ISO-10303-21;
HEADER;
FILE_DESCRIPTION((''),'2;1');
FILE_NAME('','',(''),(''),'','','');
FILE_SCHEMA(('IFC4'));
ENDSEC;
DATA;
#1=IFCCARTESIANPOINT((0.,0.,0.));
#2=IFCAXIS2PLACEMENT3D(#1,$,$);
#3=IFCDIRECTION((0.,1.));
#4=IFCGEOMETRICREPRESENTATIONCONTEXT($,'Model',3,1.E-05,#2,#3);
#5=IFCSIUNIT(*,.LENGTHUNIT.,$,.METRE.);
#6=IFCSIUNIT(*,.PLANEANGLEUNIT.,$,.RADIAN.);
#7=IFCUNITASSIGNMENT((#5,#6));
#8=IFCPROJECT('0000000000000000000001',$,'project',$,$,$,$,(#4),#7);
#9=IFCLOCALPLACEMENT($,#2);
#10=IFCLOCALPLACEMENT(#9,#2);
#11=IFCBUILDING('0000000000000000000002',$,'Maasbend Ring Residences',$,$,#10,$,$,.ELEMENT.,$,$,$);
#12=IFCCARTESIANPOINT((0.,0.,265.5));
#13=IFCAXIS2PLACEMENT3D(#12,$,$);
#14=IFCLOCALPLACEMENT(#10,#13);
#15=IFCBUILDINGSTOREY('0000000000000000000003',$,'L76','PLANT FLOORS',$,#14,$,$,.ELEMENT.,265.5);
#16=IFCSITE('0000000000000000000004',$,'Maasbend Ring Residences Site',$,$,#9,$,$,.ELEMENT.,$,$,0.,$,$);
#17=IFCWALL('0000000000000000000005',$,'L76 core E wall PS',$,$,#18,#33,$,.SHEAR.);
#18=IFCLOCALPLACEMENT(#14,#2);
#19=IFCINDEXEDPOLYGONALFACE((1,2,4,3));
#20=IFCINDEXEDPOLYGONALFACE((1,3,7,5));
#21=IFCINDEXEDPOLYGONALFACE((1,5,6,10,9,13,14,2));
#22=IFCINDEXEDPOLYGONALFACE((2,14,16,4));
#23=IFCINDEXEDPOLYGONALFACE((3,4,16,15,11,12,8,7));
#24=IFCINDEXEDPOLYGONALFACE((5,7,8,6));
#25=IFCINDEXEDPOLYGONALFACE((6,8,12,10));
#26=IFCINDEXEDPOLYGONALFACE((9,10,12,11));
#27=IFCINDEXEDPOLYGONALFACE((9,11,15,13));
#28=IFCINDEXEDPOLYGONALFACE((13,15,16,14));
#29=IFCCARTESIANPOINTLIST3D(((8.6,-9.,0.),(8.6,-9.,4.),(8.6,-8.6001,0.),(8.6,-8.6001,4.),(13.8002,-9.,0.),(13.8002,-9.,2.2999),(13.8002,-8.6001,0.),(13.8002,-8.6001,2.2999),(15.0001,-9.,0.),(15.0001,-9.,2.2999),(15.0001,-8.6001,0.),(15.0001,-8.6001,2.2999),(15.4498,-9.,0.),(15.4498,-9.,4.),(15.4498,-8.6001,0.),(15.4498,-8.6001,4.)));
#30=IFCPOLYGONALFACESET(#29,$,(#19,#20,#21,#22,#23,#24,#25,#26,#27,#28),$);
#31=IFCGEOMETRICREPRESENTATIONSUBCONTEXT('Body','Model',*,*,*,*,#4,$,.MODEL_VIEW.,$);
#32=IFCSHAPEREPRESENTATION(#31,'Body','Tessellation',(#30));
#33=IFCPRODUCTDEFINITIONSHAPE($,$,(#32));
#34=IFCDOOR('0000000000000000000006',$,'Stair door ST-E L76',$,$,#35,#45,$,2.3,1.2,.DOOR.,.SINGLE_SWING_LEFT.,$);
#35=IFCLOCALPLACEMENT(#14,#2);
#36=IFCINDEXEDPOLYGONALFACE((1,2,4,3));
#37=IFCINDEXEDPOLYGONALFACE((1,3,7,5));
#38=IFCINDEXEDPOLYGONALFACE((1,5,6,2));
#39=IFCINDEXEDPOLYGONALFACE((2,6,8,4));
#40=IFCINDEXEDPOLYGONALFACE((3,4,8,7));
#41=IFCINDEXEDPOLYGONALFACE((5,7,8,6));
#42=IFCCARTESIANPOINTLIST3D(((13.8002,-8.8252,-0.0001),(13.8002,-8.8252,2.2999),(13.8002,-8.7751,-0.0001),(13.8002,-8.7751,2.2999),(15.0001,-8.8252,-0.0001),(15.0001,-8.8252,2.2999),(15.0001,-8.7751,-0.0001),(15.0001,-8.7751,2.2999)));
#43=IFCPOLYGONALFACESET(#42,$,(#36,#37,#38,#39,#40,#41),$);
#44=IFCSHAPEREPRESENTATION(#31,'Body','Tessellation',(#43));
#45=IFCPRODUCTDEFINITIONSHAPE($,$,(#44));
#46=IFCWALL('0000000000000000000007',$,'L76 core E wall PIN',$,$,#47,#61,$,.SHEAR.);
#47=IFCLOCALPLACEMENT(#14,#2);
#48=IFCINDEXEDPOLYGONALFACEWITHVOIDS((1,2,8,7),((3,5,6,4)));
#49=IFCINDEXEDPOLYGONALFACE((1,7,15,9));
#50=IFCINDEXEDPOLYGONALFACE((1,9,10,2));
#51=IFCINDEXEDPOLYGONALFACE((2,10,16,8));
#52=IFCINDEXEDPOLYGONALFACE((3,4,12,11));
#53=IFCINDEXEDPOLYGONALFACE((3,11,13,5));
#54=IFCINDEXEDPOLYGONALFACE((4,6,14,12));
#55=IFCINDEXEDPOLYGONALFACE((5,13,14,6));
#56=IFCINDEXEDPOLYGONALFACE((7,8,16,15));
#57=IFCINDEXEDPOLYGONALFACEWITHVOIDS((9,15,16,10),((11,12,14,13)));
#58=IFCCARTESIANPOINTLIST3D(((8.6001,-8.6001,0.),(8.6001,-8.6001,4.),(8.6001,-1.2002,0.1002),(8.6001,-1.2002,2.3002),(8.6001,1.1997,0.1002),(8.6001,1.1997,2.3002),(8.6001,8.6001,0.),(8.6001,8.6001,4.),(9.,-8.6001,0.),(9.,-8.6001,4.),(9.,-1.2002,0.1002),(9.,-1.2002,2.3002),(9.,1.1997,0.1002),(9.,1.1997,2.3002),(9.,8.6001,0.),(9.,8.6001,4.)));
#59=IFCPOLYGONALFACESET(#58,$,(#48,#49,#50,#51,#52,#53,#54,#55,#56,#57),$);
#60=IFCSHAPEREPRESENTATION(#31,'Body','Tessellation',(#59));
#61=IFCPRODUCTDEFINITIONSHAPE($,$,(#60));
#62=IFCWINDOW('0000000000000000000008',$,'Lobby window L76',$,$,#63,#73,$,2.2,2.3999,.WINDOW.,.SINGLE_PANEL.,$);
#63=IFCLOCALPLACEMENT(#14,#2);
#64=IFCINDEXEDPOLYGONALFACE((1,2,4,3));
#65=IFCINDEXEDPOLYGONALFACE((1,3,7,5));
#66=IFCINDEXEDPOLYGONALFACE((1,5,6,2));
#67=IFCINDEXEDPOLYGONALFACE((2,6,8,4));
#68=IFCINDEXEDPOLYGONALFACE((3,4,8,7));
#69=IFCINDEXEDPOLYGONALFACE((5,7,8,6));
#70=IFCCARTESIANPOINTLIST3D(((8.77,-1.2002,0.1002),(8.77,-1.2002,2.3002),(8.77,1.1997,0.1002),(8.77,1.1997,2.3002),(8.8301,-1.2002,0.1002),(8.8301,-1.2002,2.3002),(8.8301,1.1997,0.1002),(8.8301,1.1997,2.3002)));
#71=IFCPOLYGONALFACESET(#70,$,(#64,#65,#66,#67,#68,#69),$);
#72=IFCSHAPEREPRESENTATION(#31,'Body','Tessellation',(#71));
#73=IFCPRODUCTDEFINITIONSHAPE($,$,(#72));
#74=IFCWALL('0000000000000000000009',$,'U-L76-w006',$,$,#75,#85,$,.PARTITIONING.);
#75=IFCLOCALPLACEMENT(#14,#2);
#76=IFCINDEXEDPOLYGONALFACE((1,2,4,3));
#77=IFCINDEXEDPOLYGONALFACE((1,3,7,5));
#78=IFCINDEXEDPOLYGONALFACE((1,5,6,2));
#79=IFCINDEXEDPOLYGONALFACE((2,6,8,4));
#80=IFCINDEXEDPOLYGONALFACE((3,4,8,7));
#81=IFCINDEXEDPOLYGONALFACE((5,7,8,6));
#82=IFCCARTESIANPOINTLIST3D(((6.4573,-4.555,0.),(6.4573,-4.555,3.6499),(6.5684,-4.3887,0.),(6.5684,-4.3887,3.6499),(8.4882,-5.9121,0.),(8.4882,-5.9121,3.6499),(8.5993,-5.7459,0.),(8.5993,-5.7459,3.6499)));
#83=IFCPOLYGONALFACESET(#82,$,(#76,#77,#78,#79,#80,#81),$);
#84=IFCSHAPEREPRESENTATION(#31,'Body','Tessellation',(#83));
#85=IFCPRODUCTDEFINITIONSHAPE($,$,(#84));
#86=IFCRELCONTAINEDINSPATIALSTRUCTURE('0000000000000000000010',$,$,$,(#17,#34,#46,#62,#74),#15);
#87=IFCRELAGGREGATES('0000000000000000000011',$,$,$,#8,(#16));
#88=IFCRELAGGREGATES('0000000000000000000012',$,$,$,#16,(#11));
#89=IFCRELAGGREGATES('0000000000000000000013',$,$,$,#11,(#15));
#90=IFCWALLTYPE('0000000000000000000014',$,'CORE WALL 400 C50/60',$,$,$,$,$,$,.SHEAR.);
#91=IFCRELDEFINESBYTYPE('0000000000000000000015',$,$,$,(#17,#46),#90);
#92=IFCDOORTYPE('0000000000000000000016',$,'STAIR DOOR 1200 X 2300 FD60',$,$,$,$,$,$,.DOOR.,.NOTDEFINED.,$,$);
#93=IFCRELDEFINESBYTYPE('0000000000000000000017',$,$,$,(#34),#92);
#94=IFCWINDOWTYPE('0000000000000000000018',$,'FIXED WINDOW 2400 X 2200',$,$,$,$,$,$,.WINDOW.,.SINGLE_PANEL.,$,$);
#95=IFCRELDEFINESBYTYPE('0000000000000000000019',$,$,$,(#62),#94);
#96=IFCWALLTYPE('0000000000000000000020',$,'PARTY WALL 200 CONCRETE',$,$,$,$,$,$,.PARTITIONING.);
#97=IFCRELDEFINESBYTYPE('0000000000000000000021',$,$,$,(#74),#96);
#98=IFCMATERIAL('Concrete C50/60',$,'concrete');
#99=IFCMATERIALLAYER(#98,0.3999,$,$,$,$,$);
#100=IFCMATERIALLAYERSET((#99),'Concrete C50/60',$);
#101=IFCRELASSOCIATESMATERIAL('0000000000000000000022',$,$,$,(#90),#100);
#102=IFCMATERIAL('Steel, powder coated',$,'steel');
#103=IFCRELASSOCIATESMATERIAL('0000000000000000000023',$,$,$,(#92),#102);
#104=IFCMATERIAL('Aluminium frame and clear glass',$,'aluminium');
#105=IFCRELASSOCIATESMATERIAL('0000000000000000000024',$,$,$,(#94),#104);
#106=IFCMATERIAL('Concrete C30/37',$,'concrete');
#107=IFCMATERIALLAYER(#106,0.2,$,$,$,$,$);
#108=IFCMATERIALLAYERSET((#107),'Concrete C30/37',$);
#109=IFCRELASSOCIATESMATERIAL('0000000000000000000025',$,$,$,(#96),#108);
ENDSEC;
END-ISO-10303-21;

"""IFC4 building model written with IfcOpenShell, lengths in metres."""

from ifc_helpers import new_model, si_unit, direction, frame, frame_2d, origin, place, context, subcontext, project, spatial, rectangle, extrude, material, layer, layer_set, type_object, element, fill, save


model = new_model("IFC4")

# Units and contexts
model_context = context("Model", 3, precision=1e-05, world=origin(), true_north=direction((0.0, 1.0)))
body_context = subcontext(model_context, "Body", "Model", "MODEL_VIEW")
ifc_project = project(units=[si_unit("LENGTHUNIT", "METRE"), si_unit("PLANEANGLEUNIT", "RADIAN")], contexts=[model_context])

# Site, building, storey
site_placement = place(None, origin())
site = spatial("IfcSite", under=ifc_project, at=site_placement, Name="Maasbend Ring Residences Site", CompositionType="ELEMENT", RefElevation=0.0)
building_placement = place(site_placement, origin())
building = spatial("IfcBuilding", under=site, at=building_placement, Name="Maasbend Ring Residences", CompositionType="ELEMENT")
storey_placement = place(building_placement, frame((0.0, 0.0, 265.5)))
storey = spatial("IfcBuildingStorey", under=building, at=storey_placement, Name="L76", Description="PLANT FLOORS", CompositionType="ELEMENT", Elevation=265.5)

# Wall, opening, door
ifc_material_1 = material(Name="Concrete C50/60", Category="concrete")
ifc_layer_1 = layer(ifc_material_1, 0.3999)
ifc_layer_set_1 = layer_set([ifc_layer_1], Name="Concrete C50/60")
wall_type_1 = type_object("IfcWallType", Name="CORE WALL 400 C50/60", PredefinedType="SHEAR", material=ifc_layer_set_1)
wall_1_placement = place(storey_placement, frame((8.6001, -8.8, 0.0), z_axis=(0.0, 0.0, 1.0), x_axis=(1.0, 0.0, 0.0)))
wall_1 = element("IfcWall", 1, at=wall_1_placement, inside=storey, type_object=wall_type_1, Name="L76 core E wall PS", PredefinedType="SHEAR", context=body_context, shape_type="SweptSolid", body=[
    extrude(rectangle(XDim=6.8499, YDim=0.3999, at=frame_2d((3.4248, 0.0))), origin(), (0.0, 0.0, 1.0), 4.0),
])
opening_1_placement = place(wall_1_placement, frame((5.2, 0.0, 0.0)))
opening_1 = element("IfcOpeningElement", 2, at=opening_1_placement, cuts=wall_1, PredefinedType="OPENING", context=body_context, shape_type="SweptSolid", body=[
    extrude(rectangle(XDim=1.2, YDim=2.3, at=frame_2d((0.6001, 1.1499))), frame((0.0, 0.21, 0.0), z_axis=(0.0, -1.0, 0.0), x_axis=(1.0, 0.0, 0.0)), (0.0, 0.0, 1.0), 0.4199),
])
ifc_material_2 = material(Name="Steel, powder coated", Category="steel")
door_type = type_object("IfcDoorType", Name="STAIR DOOR 1200 X 2300 FD60", OperationType="NOTDEFINED", PredefinedType="DOOR", material=ifc_material_2)
door_placement = place(opening_1_placement, origin())
door = element("IfcDoor", 3, at=door_placement, inside=storey, type_object=door_type, Name="Stair door ST-E L76", OperationType="SINGLE_SWING_LEFT", OverallHeight=2.3, OverallWidth=1.2, PredefinedType="DOOR", context=body_context, shape_type="SweptSolid", body=[
    extrude(rectangle(XDim=1.2, YDim=2.3, at=frame_2d((0.6001, 1.1499))), frame((0.0, 0.0249, 0.0), z_axis=(0.0, -1.0, 0.0), x_axis=(1.0, 0.0, 0.0)), (0.0, 0.0, 1.0), 0.05),
])
fill(opening_1, door)

# Wall, opening, window
wall_2_placement = place(storey_placement, frame((8.8, -8.6001, 0.0), z_axis=(0.0, 0.0, 1.0), x_axis=(0.0, 1.0, 0.0)))
wall_2 = element("IfcWall", 4, at=wall_2_placement, inside=storey, type_object=wall_type_1, Name="L76 core E wall PIN", PredefinedType="SHEAR", context=body_context, shape_type="SweptSolid", body=[
    extrude(rectangle(XDim=17.2002, YDim=0.3999, at=frame_2d((8.6001, 0.0))), origin(), (0.0, 0.0, 1.0), 4.0),
])
opening_2_placement = place(wall_2_placement, frame((7.3999, 0.0, 0.1001)))
opening_2 = element("IfcOpeningElement", 5, at=opening_2_placement, cuts=wall_2, PredefinedType="OPENING", context=body_context, shape_type="SweptSolid", body=[
    extrude(rectangle(XDim=2.3999, YDim=2.2, at=frame_2d((1.2, 1.1001))), frame((0.0, 0.21, 0.0), z_axis=(0.0, -1.0, 0.0), x_axis=(1.0, 0.0, 0.0)), (0.0, 0.0, 1.0), 0.4199),
])
ifc_material_3 = material(Name="Aluminium frame and clear glass", Category="aluminium")
window_type = type_object("IfcWindowType", Name="FIXED WINDOW 2400 X 2200", PartitioningType="SINGLE_PANEL", PredefinedType="WINDOW", material=ifc_material_3)
window_placement = place(opening_2_placement, origin())
window = element("IfcWindow", 6, at=window_placement, inside=storey, type_object=window_type, Name="Lobby window L76", OverallHeight=2.2, OverallWidth=2.3999, PartitioningType="SINGLE_PANEL", PredefinedType="WINDOW", context=body_context, shape_type="SweptSolid", body=[
    extrude(rectangle(XDim=2.3999, YDim=2.2, at=frame_2d((1.2, 1.1001))), frame((0.0, 0.03, 0.0), z_axis=(0.0, -1.0, 0.0), x_axis=(1.0, 0.0, 0.0)), (0.0, 0.0, 1.0), 0.0601),
])
fill(opening_2, window)

# Wall
ifc_material_4 = material(Name="Concrete C30/37", Category="concrete")
ifc_layer_2 = layer(ifc_material_4, 0.2)
ifc_layer_set_2 = layer_set([ifc_layer_2], Name="Concrete C30/37")
wall_type_2 = type_object("IfcWallType", Name="PARTY WALL 200 CONCRETE", PredefinedType="PARTITIONING", material=ifc_layer_set_2)
wall_3_placement = place(storey_placement, frame((6.5129, -4.4719, 0.0), z_axis=(0.0, 0.0, 1.0), x_axis=(0.83145, -0.555599, 0.0)))
element("IfcWall", 7, at=wall_3_placement, inside=storey, type_object=wall_type_2, Name="U-L76-w006", PredefinedType="PARTITIONING", context=body_context, shape_type="SweptSolid", body=[
    extrude(rectangle(XDim=2.4426, YDim=0.2, at=frame_2d((1.2212, 0.0))), origin(), (0.0, 0.0, 1.0), 3.6499),
])

save(model, "model.ifc")
